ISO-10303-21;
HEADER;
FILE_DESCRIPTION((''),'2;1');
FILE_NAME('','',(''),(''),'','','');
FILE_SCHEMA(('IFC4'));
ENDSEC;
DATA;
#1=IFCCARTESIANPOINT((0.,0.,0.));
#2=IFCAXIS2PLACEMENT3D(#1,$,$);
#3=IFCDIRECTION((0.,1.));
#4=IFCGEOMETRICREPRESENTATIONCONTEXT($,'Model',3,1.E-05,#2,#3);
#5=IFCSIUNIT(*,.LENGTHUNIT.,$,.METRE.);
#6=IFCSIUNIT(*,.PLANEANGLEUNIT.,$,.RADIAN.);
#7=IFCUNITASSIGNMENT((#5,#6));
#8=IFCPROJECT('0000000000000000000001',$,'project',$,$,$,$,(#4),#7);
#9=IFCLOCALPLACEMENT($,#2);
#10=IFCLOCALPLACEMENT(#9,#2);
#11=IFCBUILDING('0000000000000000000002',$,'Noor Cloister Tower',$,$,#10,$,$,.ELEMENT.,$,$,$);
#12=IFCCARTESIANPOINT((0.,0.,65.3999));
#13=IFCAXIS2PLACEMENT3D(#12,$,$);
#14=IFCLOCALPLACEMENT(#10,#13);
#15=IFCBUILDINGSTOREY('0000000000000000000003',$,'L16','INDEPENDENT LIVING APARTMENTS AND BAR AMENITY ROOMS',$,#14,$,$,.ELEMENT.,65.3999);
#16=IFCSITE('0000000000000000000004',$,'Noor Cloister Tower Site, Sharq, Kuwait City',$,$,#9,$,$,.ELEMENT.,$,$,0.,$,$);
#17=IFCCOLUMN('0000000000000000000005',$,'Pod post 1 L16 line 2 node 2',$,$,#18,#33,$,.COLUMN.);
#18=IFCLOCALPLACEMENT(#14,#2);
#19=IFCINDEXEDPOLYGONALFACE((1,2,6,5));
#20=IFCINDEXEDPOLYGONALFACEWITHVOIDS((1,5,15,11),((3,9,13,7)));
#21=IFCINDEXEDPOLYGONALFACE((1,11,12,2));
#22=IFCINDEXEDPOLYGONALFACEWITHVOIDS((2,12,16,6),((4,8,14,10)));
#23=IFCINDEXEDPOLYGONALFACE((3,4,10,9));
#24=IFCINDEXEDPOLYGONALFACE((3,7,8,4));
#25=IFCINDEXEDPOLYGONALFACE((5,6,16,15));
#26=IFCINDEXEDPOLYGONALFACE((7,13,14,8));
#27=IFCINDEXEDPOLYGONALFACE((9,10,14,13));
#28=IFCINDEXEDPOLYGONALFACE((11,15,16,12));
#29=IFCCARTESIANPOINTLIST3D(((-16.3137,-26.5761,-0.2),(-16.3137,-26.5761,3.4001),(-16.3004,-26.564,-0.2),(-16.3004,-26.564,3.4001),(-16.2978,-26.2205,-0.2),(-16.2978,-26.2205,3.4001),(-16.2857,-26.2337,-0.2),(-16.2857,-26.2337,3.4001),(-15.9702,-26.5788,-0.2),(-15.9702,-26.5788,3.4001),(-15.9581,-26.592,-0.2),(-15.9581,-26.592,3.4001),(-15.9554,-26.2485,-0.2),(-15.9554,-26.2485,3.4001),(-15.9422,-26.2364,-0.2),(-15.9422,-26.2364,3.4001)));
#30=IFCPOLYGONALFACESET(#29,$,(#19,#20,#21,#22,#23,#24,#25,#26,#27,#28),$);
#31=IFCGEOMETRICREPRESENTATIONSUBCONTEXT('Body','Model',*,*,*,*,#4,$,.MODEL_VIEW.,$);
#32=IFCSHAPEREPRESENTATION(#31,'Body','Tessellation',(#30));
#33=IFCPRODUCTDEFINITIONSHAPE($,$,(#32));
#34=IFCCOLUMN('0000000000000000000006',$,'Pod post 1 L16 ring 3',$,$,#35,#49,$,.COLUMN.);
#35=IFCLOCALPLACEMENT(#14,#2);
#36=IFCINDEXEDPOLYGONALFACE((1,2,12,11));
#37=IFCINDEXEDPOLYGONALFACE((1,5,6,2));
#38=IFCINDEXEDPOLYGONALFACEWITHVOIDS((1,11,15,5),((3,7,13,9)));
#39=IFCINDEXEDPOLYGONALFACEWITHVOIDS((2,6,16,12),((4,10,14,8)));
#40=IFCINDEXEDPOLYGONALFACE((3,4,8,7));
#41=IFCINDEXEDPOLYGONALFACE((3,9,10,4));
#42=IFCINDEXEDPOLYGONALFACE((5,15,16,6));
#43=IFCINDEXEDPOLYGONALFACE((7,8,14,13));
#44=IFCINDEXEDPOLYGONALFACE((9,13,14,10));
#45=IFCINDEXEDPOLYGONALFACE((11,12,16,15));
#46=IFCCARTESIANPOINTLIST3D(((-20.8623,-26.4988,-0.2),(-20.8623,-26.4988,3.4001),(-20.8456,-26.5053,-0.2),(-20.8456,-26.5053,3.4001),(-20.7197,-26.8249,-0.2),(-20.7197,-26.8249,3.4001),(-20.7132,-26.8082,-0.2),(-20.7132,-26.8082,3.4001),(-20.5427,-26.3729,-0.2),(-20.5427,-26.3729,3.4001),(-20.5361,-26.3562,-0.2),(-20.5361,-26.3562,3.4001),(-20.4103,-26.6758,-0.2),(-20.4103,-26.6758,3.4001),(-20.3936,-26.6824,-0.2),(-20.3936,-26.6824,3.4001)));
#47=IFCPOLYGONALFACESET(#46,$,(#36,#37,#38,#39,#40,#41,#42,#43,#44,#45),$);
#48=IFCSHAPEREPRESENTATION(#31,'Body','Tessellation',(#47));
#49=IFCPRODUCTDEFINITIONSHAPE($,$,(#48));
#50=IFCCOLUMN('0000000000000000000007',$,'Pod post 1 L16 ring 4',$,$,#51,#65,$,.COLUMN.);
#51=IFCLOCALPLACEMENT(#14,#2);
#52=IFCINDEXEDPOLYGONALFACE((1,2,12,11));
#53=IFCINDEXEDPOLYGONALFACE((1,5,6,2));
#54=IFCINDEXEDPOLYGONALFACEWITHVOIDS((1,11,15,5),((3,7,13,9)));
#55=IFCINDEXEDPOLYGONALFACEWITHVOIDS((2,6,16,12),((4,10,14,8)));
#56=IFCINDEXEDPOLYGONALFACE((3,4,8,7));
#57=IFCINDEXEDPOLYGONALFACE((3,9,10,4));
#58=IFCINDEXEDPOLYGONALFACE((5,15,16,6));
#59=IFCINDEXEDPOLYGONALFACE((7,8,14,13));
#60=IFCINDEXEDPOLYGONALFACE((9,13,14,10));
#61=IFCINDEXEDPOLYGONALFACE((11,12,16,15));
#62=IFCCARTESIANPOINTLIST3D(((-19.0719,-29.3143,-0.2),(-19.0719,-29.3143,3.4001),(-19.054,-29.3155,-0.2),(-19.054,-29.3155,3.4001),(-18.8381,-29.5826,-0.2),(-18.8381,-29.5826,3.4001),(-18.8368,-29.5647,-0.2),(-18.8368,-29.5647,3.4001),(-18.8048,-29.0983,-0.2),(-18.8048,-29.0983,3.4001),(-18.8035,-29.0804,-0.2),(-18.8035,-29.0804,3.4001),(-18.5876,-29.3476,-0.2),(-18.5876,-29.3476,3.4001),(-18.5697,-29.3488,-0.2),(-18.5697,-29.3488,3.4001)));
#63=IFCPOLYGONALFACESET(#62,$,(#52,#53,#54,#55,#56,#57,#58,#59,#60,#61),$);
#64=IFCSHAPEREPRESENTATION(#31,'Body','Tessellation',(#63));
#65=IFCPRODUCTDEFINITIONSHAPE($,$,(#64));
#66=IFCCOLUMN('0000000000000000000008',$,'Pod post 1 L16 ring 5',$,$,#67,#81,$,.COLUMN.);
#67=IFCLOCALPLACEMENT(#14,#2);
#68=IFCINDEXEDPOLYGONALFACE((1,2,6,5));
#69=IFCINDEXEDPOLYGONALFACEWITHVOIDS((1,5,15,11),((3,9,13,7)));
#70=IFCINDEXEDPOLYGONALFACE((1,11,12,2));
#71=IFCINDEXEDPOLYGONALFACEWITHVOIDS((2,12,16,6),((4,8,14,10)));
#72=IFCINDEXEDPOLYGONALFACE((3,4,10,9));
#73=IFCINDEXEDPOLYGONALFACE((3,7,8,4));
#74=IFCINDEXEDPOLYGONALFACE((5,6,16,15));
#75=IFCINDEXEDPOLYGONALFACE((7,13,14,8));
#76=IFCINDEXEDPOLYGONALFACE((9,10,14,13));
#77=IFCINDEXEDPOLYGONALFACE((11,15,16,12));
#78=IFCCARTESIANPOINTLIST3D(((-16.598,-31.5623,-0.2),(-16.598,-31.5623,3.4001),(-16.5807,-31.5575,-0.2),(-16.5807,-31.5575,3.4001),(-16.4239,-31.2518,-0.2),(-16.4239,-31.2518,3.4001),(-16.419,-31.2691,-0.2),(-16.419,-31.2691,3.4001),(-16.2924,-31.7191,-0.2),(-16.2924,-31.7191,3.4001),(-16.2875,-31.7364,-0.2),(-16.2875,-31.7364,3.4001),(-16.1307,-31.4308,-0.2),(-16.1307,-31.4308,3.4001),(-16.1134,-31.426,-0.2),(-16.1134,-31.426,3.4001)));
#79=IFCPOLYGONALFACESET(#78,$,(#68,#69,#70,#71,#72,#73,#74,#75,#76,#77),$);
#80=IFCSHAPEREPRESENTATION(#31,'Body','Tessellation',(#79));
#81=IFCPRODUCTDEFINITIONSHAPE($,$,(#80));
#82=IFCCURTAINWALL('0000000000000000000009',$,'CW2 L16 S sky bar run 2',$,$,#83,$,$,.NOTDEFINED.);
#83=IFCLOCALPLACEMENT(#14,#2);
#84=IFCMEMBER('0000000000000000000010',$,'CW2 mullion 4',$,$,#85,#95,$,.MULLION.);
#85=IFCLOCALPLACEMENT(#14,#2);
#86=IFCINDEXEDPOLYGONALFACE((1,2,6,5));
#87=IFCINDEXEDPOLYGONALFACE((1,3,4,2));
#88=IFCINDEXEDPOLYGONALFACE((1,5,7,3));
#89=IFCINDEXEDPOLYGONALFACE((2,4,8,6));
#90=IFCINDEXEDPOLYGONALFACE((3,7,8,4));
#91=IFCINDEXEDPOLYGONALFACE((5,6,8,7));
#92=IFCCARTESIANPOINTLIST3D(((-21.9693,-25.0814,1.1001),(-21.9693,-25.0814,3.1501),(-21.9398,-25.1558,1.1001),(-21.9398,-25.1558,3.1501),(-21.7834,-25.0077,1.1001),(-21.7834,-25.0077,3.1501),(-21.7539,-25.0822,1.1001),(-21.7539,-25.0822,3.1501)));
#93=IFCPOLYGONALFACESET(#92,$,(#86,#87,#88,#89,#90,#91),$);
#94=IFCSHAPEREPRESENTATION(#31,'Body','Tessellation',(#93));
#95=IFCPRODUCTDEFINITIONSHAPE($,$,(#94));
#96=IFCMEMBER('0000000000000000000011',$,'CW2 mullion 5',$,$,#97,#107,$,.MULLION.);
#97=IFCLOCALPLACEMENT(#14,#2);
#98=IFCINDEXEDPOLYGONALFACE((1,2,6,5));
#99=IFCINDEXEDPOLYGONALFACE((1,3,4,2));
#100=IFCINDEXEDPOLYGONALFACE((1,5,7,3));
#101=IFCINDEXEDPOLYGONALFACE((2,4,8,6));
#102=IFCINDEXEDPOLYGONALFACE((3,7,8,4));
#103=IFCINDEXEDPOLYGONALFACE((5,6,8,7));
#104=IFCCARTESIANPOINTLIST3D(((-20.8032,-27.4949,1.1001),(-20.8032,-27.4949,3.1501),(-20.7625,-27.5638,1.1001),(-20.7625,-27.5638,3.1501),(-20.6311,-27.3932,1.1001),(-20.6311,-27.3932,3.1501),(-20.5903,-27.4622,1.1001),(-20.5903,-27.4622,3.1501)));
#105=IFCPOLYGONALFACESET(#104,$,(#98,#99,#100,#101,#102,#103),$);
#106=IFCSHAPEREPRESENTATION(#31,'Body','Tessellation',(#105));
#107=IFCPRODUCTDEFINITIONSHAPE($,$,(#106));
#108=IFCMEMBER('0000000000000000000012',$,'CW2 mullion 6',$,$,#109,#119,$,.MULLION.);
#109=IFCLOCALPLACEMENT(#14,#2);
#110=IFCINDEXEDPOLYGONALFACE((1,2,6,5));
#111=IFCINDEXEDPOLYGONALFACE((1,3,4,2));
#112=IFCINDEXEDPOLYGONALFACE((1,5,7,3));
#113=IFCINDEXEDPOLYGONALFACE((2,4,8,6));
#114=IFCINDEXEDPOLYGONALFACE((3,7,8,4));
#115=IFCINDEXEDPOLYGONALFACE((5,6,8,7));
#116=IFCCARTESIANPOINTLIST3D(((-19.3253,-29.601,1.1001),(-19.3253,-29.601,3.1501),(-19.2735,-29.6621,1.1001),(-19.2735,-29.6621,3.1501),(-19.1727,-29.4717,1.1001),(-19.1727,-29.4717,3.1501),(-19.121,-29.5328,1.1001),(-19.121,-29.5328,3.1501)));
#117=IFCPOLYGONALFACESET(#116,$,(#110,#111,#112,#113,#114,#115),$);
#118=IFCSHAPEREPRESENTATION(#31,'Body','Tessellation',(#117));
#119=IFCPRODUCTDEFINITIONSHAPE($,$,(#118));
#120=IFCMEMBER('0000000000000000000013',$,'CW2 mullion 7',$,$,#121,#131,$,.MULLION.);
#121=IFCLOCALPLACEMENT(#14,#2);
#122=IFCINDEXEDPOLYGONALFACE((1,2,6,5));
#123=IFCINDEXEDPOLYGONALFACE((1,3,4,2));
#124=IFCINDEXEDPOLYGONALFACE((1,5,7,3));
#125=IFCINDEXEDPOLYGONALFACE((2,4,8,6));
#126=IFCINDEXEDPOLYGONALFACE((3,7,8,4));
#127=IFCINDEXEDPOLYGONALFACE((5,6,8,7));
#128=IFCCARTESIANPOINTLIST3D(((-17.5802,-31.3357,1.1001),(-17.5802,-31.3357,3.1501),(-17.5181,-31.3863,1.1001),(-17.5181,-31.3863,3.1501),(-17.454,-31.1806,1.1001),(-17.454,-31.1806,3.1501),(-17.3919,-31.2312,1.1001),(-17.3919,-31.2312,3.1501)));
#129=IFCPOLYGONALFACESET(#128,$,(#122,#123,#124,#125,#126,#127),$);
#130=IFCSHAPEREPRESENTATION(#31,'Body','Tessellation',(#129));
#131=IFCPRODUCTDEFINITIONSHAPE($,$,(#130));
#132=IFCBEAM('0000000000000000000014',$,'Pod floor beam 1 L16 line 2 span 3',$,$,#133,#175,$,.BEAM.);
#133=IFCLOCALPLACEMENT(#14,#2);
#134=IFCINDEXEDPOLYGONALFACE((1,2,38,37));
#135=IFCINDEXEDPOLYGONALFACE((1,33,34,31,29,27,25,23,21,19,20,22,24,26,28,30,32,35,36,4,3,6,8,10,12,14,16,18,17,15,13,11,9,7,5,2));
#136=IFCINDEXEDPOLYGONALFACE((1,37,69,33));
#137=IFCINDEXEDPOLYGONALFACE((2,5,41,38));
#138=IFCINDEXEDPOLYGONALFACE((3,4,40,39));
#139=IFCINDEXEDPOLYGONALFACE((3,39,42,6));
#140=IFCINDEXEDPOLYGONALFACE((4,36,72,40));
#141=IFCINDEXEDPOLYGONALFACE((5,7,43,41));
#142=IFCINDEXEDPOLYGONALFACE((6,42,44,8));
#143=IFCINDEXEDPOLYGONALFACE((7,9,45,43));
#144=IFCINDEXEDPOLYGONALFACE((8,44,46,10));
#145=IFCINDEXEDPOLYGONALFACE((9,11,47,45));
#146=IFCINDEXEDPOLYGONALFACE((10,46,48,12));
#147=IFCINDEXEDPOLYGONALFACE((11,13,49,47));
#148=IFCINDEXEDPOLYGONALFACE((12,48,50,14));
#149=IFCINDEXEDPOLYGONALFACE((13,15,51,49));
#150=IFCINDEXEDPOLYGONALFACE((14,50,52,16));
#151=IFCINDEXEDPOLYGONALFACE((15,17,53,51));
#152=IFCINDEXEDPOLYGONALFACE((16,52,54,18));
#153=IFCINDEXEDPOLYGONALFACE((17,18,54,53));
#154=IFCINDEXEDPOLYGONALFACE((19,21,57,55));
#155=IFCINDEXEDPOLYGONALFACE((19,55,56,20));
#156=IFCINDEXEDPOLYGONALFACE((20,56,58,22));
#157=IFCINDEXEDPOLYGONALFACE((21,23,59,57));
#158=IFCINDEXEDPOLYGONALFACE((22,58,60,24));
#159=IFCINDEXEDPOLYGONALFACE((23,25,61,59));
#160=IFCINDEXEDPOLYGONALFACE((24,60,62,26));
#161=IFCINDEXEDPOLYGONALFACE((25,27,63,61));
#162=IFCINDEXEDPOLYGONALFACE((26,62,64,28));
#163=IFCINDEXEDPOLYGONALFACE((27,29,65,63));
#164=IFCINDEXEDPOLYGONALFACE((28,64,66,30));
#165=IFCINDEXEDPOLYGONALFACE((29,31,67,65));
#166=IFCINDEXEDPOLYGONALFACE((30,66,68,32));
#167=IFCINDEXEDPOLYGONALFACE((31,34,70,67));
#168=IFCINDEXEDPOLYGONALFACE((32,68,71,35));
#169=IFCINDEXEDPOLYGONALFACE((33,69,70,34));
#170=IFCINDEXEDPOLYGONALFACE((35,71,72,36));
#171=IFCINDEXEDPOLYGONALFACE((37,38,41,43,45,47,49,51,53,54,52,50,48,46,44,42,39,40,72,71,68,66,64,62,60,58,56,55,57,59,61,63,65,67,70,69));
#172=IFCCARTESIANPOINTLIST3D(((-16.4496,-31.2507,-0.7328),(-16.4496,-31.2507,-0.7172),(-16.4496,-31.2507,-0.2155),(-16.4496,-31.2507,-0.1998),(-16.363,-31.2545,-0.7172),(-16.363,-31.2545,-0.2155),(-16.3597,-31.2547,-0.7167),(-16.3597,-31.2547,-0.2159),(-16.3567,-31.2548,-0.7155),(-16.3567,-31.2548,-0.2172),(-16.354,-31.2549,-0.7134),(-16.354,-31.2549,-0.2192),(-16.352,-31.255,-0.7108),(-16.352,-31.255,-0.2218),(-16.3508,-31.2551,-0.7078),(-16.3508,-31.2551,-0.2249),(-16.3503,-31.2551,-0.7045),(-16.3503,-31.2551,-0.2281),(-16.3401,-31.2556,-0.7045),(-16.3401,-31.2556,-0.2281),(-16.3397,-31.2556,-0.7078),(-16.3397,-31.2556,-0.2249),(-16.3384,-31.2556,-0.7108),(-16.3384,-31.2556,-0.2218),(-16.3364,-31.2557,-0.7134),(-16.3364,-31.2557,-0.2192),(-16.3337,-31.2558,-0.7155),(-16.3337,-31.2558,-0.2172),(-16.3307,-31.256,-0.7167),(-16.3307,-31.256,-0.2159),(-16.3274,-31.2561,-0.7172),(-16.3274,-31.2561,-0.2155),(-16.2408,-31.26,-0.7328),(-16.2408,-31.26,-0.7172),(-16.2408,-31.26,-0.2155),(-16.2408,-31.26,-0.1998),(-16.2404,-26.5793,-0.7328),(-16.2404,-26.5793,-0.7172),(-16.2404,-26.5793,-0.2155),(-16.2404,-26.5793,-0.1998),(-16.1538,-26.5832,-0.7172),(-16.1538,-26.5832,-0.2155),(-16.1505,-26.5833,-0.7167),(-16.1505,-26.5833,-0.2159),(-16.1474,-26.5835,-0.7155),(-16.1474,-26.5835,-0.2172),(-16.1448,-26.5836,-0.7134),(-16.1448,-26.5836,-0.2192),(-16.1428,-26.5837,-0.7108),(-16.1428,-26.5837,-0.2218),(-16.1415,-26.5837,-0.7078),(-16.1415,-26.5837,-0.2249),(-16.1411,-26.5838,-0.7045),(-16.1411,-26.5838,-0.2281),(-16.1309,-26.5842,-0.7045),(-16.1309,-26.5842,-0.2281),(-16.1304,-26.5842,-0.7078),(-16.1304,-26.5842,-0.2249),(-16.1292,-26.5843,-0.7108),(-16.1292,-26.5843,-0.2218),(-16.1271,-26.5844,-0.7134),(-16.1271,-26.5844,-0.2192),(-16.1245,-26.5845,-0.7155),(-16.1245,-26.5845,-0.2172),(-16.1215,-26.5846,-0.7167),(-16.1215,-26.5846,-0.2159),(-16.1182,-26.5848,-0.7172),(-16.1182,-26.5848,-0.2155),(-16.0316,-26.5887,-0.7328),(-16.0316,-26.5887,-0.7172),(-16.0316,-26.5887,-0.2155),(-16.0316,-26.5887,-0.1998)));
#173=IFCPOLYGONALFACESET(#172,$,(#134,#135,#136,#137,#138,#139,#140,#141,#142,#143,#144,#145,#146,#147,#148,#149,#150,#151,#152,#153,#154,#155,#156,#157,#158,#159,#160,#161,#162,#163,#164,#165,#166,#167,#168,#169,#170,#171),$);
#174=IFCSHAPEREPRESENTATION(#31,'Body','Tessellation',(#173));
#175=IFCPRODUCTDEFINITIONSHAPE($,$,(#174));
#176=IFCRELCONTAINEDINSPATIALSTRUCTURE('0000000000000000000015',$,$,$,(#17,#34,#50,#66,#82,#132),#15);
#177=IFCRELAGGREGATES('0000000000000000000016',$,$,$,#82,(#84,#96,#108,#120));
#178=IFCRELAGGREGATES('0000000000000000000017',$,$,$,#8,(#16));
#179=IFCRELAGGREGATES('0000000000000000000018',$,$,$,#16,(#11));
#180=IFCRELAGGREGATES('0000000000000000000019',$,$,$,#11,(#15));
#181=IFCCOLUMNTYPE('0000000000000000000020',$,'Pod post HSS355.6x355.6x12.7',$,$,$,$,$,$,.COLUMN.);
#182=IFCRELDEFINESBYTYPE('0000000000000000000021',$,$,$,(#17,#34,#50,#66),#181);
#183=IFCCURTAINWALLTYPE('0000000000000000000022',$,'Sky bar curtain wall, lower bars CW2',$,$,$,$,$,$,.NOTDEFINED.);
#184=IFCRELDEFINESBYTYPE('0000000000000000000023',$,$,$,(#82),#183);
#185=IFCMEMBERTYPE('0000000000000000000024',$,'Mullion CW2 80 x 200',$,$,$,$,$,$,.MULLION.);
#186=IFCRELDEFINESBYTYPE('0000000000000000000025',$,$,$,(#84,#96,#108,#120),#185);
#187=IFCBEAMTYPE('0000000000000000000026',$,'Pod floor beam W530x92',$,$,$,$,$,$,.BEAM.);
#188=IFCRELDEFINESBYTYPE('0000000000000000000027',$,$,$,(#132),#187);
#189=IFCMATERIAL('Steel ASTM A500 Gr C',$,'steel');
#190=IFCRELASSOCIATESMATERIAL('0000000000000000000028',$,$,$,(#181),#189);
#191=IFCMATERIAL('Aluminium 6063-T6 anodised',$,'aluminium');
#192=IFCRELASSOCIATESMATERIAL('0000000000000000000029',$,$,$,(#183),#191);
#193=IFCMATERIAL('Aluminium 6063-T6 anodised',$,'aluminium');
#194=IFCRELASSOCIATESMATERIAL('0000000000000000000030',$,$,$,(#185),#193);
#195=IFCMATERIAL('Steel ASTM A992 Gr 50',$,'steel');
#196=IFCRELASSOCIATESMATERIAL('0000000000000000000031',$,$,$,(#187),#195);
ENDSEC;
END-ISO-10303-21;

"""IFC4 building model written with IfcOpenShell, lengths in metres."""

from ifc_helpers import new_model, si_unit, direction, frame, origin, origin_2d, place, context, subcontext, project, spatial, rectangle, hollow_rectangle, i_section, extrude, material, material_profile, profile_set, type_object, element, aggregate, save


model = new_model("IFC4")

# Units and contexts
model_context = context("Model", 3, precision=1e-05, world=origin(), true_north=direction((0.0, 1.0)))
body_context = subcontext(model_context, "Body", "Model", "MODEL_VIEW")
ifc_project = project(units=[si_unit("LENGTHUNIT", "METRE"), si_unit("PLANEANGLEUNIT", "RADIAN")], contexts=[model_context])

# Site, building, storey
site_placement = place(None, origin())
site = spatial("IfcSite", under=ifc_project, at=site_placement, Name="Noor Cloister Tower Site, Sharq, Kuwait City", CompositionType="ELEMENT", RefElevation=0.0)
building_placement = place(site_placement, origin())
building = spatial("IfcBuilding", under=site, at=building_placement, Name="Noor Cloister Tower", CompositionType="ELEMENT")
storey_placement = place(building_placement, frame((0.0, 0.0, 65.3999)))
storey = spatial("IfcBuildingStorey", under=building, at=storey_placement, Name="L16", Description="INDEPENDENT LIVING APARTMENTS AND BAR AMENITY ROOMS", CompositionType="ELEMENT", Elevation=65.3999)

# Columns
ifc_material_1 = material(Name="Steel ASTM A500 Gr C", Category="steel")
ifc_material_profile_1 = material_profile(ifc_material_1, hollow_rectangle(XDim=0.356, YDim=0.356, WallThickness=0.0127, at=origin_2d()), Name="HSS355.6x355.6x12.7")
ifc_profile_set_1 = profile_set([ifc_material_profile_1], Name="Steel ASTM A500 Gr C")
column_type = type_object("IfcColumnType", Name="Pod post HSS355.6x355.6x12.7", PredefinedType="COLUMN", material=ifc_profile_set_1)
for number, where, z_axis, x_axis, name in (
    (1, (-16.1279, -26.4062, -0.2), (0.0, 0.0, 1.0), (-0.044724, -0.998999, 0.0), "Pod post 1 L16 line 2 node 2"),
    (2, (-20.6279, -26.5906, -0.2), (0.0, 0.0, 1.0), (0.400492, -0.9163, 0.0), "Pod post 1 L16 ring 3"),
    (3, (-18.8208, -29.3315, -0.2), (0.0, 0.0, 1.0), (0.656896, -0.753982, 0.0), "Pod post 1 L16 ring 4"),
    (4, (-16.3557, -31.4941, -0.2), (0.0, 0.0, 1.0), (0.872198, -0.489154, 0.0), "Pod post 1 L16 ring 5"),
):
    element("IfcColumn", number, at=place(storey_placement, frame(where, z_axis=z_axis, x_axis=x_axis)), inside=storey, type_object=column_type, Name=name, PredefinedType="COLUMN", context=body_context, shape_type="SweptSolid", body=[
        extrude(hollow_rectangle(XDim=0.356, YDim=0.356, WallThickness=0.0127, at=origin_2d()), origin(), (0.0, 0.0, 1.0), 3.6001),
    ])

# Curtain wall, members
ifc_material_2 = material(Name="Aluminium 6063-T6 anodised", Category="aluminium")
curtain_wall_type = type_object("IfcCurtainWallType", Name="Sky bar curtain wall, lower bars CW2", PredefinedType="NOTDEFINED", material=ifc_material_2)
curtain_wall_placement = place(storey_placement, origin())
curtain_wall = element("IfcCurtainWall", 5, at=curtain_wall_placement, inside=storey, type_object=curtain_wall_type, Name="CW2 L16 S sky bar run 2", PredefinedType="NOTDEFINED")
ifc_material_3 = material(Name="Aluminium 6063-T6 anodised", Category="aluminium")
ifc_material_profile_2 = material_profile(ifc_material_3, rectangle(XDim=0.2, YDim=0.0801, at=origin_2d()), Name="200 x 80 mullion")
ifc_profile_set_2 = profile_set([ifc_material_profile_2], Name="Aluminium 6063-T6 anodised")
member_type = type_object("IfcMemberType", Name="Mullion CW2 80 x 200", PredefinedType="MULLION", material=ifc_profile_set_2)
member_1_placement = place(storey_placement, frame((-21.8616, -25.0818, 1.1001), z_axis=(0.0, 0.0, 1.0), x_axis=(0.929693, 0.368334, 0.0)))
member_1 = element("IfcMember", 6, at=member_1_placement, type_object=member_type, Name="CW2 mullion 4", PredefinedType="MULLION", context=body_context, shape_type="SweptSolid", body=[
    extrude(rectangle(XDim=0.2, YDim=0.0801, at=origin_2d()), origin(), (0.0, 0.0, 1.0), 2.05),
])
member_2_placement = place(storey_placement, frame((-20.6968, -27.4785, 1.1001), z_axis=(0.0, 0.0, 1.0), x_axis=(0.861046, 0.508527, 0.0)))
member_2 = element("IfcMember", 7, at=member_2_placement, type_object=member_type, Name="CW2 mullion 5", PredefinedType="MULLION", context=body_context, shape_type="SweptSolid", body=[
    extrude(rectangle(XDim=0.2, YDim=0.0801, at=origin_2d()), origin(), (0.0, 0.0, 1.0), 2.05),
])
member_3_placement = place(storey_placement, frame((-19.2231, -29.5669, 1.1001), z_axis=(0.0, 0.0, 1.0), x_axis=(0.76297, 0.646434, 0.0)))
member_3 = element("IfcMember", 8, at=member_3_placement, type_object=member_type, Name="CW2 mullion 6", PredefinedType="MULLION", context=body_context, shape_type="SweptSolid", body=[
    extrude(rectangle(XDim=0.2, YDim=0.0801, at=origin_2d()), origin(), (0.0, 0.0, 1.0), 2.05),
])
member_4_placement = place(storey_placement, frame((-17.4861, -31.2834, 1.1001), z_axis=(0.0, 0.0, 1.0), x_axis=(0.631107, 0.775696, 0.0)))
member_4 = element("IfcMember", 9, at=member_4_placement, type_object=member_type, Name="CW2 mullion 7", PredefinedType="MULLION", context=body_context, shape_type="SweptSolid", body=[
    extrude(rectangle(XDim=0.2, YDim=0.0801, at=origin_2d()), origin(), (0.0, 0.0, 1.0), 2.05),
])

# Beam
ifc_material_4 = material(Name="Steel ASTM A992 Gr 50", Category="steel")
ifc_material_profile_3 = material_profile(ifc_material_4, i_section(OverallWidth=0.209, OverallDepth=0.533, WebThickness=0.0103, FlangeThickness=0.0156, FilletRadius=0.0127, at=origin_2d()), Name="W530x92")
ifc_profile_set_3 = profile_set([ifc_material_profile_3], Name="Steel ASTM A992 Gr 50")
beam_type = type_object("IfcBeamType", Name="Pod floor beam W530x92", PredefinedType="BEAM", material=ifc_profile_set_3)
beam_1_placement = place(storey_placement, frame((-16.136, -26.584, -0.4663), z_axis=(-0.044745, -0.998998, 0.0), x_axis=(0.998998, -0.044745, 0.0)))
element("IfcBeam", 10, at=beam_1_placement, inside=storey, type_object=beam_type, Name="Pod floor beam 1 L16 line 2 span 3", PredefinedType="BEAM", context=body_context, shape_type="SweptSolid", body=[
    extrude(i_section(OverallWidth=0.209, OverallDepth=0.533, WebThickness=0.0103, FlangeThickness=0.0156, FilletRadius=0.0127, at=origin_2d()), origin(), (0.0, 0.0, 1.0), 4.676),
])

aggregate(curtain_wall, [member_1, member_2, member_3, member_4])

save(model, "model.ifc")
